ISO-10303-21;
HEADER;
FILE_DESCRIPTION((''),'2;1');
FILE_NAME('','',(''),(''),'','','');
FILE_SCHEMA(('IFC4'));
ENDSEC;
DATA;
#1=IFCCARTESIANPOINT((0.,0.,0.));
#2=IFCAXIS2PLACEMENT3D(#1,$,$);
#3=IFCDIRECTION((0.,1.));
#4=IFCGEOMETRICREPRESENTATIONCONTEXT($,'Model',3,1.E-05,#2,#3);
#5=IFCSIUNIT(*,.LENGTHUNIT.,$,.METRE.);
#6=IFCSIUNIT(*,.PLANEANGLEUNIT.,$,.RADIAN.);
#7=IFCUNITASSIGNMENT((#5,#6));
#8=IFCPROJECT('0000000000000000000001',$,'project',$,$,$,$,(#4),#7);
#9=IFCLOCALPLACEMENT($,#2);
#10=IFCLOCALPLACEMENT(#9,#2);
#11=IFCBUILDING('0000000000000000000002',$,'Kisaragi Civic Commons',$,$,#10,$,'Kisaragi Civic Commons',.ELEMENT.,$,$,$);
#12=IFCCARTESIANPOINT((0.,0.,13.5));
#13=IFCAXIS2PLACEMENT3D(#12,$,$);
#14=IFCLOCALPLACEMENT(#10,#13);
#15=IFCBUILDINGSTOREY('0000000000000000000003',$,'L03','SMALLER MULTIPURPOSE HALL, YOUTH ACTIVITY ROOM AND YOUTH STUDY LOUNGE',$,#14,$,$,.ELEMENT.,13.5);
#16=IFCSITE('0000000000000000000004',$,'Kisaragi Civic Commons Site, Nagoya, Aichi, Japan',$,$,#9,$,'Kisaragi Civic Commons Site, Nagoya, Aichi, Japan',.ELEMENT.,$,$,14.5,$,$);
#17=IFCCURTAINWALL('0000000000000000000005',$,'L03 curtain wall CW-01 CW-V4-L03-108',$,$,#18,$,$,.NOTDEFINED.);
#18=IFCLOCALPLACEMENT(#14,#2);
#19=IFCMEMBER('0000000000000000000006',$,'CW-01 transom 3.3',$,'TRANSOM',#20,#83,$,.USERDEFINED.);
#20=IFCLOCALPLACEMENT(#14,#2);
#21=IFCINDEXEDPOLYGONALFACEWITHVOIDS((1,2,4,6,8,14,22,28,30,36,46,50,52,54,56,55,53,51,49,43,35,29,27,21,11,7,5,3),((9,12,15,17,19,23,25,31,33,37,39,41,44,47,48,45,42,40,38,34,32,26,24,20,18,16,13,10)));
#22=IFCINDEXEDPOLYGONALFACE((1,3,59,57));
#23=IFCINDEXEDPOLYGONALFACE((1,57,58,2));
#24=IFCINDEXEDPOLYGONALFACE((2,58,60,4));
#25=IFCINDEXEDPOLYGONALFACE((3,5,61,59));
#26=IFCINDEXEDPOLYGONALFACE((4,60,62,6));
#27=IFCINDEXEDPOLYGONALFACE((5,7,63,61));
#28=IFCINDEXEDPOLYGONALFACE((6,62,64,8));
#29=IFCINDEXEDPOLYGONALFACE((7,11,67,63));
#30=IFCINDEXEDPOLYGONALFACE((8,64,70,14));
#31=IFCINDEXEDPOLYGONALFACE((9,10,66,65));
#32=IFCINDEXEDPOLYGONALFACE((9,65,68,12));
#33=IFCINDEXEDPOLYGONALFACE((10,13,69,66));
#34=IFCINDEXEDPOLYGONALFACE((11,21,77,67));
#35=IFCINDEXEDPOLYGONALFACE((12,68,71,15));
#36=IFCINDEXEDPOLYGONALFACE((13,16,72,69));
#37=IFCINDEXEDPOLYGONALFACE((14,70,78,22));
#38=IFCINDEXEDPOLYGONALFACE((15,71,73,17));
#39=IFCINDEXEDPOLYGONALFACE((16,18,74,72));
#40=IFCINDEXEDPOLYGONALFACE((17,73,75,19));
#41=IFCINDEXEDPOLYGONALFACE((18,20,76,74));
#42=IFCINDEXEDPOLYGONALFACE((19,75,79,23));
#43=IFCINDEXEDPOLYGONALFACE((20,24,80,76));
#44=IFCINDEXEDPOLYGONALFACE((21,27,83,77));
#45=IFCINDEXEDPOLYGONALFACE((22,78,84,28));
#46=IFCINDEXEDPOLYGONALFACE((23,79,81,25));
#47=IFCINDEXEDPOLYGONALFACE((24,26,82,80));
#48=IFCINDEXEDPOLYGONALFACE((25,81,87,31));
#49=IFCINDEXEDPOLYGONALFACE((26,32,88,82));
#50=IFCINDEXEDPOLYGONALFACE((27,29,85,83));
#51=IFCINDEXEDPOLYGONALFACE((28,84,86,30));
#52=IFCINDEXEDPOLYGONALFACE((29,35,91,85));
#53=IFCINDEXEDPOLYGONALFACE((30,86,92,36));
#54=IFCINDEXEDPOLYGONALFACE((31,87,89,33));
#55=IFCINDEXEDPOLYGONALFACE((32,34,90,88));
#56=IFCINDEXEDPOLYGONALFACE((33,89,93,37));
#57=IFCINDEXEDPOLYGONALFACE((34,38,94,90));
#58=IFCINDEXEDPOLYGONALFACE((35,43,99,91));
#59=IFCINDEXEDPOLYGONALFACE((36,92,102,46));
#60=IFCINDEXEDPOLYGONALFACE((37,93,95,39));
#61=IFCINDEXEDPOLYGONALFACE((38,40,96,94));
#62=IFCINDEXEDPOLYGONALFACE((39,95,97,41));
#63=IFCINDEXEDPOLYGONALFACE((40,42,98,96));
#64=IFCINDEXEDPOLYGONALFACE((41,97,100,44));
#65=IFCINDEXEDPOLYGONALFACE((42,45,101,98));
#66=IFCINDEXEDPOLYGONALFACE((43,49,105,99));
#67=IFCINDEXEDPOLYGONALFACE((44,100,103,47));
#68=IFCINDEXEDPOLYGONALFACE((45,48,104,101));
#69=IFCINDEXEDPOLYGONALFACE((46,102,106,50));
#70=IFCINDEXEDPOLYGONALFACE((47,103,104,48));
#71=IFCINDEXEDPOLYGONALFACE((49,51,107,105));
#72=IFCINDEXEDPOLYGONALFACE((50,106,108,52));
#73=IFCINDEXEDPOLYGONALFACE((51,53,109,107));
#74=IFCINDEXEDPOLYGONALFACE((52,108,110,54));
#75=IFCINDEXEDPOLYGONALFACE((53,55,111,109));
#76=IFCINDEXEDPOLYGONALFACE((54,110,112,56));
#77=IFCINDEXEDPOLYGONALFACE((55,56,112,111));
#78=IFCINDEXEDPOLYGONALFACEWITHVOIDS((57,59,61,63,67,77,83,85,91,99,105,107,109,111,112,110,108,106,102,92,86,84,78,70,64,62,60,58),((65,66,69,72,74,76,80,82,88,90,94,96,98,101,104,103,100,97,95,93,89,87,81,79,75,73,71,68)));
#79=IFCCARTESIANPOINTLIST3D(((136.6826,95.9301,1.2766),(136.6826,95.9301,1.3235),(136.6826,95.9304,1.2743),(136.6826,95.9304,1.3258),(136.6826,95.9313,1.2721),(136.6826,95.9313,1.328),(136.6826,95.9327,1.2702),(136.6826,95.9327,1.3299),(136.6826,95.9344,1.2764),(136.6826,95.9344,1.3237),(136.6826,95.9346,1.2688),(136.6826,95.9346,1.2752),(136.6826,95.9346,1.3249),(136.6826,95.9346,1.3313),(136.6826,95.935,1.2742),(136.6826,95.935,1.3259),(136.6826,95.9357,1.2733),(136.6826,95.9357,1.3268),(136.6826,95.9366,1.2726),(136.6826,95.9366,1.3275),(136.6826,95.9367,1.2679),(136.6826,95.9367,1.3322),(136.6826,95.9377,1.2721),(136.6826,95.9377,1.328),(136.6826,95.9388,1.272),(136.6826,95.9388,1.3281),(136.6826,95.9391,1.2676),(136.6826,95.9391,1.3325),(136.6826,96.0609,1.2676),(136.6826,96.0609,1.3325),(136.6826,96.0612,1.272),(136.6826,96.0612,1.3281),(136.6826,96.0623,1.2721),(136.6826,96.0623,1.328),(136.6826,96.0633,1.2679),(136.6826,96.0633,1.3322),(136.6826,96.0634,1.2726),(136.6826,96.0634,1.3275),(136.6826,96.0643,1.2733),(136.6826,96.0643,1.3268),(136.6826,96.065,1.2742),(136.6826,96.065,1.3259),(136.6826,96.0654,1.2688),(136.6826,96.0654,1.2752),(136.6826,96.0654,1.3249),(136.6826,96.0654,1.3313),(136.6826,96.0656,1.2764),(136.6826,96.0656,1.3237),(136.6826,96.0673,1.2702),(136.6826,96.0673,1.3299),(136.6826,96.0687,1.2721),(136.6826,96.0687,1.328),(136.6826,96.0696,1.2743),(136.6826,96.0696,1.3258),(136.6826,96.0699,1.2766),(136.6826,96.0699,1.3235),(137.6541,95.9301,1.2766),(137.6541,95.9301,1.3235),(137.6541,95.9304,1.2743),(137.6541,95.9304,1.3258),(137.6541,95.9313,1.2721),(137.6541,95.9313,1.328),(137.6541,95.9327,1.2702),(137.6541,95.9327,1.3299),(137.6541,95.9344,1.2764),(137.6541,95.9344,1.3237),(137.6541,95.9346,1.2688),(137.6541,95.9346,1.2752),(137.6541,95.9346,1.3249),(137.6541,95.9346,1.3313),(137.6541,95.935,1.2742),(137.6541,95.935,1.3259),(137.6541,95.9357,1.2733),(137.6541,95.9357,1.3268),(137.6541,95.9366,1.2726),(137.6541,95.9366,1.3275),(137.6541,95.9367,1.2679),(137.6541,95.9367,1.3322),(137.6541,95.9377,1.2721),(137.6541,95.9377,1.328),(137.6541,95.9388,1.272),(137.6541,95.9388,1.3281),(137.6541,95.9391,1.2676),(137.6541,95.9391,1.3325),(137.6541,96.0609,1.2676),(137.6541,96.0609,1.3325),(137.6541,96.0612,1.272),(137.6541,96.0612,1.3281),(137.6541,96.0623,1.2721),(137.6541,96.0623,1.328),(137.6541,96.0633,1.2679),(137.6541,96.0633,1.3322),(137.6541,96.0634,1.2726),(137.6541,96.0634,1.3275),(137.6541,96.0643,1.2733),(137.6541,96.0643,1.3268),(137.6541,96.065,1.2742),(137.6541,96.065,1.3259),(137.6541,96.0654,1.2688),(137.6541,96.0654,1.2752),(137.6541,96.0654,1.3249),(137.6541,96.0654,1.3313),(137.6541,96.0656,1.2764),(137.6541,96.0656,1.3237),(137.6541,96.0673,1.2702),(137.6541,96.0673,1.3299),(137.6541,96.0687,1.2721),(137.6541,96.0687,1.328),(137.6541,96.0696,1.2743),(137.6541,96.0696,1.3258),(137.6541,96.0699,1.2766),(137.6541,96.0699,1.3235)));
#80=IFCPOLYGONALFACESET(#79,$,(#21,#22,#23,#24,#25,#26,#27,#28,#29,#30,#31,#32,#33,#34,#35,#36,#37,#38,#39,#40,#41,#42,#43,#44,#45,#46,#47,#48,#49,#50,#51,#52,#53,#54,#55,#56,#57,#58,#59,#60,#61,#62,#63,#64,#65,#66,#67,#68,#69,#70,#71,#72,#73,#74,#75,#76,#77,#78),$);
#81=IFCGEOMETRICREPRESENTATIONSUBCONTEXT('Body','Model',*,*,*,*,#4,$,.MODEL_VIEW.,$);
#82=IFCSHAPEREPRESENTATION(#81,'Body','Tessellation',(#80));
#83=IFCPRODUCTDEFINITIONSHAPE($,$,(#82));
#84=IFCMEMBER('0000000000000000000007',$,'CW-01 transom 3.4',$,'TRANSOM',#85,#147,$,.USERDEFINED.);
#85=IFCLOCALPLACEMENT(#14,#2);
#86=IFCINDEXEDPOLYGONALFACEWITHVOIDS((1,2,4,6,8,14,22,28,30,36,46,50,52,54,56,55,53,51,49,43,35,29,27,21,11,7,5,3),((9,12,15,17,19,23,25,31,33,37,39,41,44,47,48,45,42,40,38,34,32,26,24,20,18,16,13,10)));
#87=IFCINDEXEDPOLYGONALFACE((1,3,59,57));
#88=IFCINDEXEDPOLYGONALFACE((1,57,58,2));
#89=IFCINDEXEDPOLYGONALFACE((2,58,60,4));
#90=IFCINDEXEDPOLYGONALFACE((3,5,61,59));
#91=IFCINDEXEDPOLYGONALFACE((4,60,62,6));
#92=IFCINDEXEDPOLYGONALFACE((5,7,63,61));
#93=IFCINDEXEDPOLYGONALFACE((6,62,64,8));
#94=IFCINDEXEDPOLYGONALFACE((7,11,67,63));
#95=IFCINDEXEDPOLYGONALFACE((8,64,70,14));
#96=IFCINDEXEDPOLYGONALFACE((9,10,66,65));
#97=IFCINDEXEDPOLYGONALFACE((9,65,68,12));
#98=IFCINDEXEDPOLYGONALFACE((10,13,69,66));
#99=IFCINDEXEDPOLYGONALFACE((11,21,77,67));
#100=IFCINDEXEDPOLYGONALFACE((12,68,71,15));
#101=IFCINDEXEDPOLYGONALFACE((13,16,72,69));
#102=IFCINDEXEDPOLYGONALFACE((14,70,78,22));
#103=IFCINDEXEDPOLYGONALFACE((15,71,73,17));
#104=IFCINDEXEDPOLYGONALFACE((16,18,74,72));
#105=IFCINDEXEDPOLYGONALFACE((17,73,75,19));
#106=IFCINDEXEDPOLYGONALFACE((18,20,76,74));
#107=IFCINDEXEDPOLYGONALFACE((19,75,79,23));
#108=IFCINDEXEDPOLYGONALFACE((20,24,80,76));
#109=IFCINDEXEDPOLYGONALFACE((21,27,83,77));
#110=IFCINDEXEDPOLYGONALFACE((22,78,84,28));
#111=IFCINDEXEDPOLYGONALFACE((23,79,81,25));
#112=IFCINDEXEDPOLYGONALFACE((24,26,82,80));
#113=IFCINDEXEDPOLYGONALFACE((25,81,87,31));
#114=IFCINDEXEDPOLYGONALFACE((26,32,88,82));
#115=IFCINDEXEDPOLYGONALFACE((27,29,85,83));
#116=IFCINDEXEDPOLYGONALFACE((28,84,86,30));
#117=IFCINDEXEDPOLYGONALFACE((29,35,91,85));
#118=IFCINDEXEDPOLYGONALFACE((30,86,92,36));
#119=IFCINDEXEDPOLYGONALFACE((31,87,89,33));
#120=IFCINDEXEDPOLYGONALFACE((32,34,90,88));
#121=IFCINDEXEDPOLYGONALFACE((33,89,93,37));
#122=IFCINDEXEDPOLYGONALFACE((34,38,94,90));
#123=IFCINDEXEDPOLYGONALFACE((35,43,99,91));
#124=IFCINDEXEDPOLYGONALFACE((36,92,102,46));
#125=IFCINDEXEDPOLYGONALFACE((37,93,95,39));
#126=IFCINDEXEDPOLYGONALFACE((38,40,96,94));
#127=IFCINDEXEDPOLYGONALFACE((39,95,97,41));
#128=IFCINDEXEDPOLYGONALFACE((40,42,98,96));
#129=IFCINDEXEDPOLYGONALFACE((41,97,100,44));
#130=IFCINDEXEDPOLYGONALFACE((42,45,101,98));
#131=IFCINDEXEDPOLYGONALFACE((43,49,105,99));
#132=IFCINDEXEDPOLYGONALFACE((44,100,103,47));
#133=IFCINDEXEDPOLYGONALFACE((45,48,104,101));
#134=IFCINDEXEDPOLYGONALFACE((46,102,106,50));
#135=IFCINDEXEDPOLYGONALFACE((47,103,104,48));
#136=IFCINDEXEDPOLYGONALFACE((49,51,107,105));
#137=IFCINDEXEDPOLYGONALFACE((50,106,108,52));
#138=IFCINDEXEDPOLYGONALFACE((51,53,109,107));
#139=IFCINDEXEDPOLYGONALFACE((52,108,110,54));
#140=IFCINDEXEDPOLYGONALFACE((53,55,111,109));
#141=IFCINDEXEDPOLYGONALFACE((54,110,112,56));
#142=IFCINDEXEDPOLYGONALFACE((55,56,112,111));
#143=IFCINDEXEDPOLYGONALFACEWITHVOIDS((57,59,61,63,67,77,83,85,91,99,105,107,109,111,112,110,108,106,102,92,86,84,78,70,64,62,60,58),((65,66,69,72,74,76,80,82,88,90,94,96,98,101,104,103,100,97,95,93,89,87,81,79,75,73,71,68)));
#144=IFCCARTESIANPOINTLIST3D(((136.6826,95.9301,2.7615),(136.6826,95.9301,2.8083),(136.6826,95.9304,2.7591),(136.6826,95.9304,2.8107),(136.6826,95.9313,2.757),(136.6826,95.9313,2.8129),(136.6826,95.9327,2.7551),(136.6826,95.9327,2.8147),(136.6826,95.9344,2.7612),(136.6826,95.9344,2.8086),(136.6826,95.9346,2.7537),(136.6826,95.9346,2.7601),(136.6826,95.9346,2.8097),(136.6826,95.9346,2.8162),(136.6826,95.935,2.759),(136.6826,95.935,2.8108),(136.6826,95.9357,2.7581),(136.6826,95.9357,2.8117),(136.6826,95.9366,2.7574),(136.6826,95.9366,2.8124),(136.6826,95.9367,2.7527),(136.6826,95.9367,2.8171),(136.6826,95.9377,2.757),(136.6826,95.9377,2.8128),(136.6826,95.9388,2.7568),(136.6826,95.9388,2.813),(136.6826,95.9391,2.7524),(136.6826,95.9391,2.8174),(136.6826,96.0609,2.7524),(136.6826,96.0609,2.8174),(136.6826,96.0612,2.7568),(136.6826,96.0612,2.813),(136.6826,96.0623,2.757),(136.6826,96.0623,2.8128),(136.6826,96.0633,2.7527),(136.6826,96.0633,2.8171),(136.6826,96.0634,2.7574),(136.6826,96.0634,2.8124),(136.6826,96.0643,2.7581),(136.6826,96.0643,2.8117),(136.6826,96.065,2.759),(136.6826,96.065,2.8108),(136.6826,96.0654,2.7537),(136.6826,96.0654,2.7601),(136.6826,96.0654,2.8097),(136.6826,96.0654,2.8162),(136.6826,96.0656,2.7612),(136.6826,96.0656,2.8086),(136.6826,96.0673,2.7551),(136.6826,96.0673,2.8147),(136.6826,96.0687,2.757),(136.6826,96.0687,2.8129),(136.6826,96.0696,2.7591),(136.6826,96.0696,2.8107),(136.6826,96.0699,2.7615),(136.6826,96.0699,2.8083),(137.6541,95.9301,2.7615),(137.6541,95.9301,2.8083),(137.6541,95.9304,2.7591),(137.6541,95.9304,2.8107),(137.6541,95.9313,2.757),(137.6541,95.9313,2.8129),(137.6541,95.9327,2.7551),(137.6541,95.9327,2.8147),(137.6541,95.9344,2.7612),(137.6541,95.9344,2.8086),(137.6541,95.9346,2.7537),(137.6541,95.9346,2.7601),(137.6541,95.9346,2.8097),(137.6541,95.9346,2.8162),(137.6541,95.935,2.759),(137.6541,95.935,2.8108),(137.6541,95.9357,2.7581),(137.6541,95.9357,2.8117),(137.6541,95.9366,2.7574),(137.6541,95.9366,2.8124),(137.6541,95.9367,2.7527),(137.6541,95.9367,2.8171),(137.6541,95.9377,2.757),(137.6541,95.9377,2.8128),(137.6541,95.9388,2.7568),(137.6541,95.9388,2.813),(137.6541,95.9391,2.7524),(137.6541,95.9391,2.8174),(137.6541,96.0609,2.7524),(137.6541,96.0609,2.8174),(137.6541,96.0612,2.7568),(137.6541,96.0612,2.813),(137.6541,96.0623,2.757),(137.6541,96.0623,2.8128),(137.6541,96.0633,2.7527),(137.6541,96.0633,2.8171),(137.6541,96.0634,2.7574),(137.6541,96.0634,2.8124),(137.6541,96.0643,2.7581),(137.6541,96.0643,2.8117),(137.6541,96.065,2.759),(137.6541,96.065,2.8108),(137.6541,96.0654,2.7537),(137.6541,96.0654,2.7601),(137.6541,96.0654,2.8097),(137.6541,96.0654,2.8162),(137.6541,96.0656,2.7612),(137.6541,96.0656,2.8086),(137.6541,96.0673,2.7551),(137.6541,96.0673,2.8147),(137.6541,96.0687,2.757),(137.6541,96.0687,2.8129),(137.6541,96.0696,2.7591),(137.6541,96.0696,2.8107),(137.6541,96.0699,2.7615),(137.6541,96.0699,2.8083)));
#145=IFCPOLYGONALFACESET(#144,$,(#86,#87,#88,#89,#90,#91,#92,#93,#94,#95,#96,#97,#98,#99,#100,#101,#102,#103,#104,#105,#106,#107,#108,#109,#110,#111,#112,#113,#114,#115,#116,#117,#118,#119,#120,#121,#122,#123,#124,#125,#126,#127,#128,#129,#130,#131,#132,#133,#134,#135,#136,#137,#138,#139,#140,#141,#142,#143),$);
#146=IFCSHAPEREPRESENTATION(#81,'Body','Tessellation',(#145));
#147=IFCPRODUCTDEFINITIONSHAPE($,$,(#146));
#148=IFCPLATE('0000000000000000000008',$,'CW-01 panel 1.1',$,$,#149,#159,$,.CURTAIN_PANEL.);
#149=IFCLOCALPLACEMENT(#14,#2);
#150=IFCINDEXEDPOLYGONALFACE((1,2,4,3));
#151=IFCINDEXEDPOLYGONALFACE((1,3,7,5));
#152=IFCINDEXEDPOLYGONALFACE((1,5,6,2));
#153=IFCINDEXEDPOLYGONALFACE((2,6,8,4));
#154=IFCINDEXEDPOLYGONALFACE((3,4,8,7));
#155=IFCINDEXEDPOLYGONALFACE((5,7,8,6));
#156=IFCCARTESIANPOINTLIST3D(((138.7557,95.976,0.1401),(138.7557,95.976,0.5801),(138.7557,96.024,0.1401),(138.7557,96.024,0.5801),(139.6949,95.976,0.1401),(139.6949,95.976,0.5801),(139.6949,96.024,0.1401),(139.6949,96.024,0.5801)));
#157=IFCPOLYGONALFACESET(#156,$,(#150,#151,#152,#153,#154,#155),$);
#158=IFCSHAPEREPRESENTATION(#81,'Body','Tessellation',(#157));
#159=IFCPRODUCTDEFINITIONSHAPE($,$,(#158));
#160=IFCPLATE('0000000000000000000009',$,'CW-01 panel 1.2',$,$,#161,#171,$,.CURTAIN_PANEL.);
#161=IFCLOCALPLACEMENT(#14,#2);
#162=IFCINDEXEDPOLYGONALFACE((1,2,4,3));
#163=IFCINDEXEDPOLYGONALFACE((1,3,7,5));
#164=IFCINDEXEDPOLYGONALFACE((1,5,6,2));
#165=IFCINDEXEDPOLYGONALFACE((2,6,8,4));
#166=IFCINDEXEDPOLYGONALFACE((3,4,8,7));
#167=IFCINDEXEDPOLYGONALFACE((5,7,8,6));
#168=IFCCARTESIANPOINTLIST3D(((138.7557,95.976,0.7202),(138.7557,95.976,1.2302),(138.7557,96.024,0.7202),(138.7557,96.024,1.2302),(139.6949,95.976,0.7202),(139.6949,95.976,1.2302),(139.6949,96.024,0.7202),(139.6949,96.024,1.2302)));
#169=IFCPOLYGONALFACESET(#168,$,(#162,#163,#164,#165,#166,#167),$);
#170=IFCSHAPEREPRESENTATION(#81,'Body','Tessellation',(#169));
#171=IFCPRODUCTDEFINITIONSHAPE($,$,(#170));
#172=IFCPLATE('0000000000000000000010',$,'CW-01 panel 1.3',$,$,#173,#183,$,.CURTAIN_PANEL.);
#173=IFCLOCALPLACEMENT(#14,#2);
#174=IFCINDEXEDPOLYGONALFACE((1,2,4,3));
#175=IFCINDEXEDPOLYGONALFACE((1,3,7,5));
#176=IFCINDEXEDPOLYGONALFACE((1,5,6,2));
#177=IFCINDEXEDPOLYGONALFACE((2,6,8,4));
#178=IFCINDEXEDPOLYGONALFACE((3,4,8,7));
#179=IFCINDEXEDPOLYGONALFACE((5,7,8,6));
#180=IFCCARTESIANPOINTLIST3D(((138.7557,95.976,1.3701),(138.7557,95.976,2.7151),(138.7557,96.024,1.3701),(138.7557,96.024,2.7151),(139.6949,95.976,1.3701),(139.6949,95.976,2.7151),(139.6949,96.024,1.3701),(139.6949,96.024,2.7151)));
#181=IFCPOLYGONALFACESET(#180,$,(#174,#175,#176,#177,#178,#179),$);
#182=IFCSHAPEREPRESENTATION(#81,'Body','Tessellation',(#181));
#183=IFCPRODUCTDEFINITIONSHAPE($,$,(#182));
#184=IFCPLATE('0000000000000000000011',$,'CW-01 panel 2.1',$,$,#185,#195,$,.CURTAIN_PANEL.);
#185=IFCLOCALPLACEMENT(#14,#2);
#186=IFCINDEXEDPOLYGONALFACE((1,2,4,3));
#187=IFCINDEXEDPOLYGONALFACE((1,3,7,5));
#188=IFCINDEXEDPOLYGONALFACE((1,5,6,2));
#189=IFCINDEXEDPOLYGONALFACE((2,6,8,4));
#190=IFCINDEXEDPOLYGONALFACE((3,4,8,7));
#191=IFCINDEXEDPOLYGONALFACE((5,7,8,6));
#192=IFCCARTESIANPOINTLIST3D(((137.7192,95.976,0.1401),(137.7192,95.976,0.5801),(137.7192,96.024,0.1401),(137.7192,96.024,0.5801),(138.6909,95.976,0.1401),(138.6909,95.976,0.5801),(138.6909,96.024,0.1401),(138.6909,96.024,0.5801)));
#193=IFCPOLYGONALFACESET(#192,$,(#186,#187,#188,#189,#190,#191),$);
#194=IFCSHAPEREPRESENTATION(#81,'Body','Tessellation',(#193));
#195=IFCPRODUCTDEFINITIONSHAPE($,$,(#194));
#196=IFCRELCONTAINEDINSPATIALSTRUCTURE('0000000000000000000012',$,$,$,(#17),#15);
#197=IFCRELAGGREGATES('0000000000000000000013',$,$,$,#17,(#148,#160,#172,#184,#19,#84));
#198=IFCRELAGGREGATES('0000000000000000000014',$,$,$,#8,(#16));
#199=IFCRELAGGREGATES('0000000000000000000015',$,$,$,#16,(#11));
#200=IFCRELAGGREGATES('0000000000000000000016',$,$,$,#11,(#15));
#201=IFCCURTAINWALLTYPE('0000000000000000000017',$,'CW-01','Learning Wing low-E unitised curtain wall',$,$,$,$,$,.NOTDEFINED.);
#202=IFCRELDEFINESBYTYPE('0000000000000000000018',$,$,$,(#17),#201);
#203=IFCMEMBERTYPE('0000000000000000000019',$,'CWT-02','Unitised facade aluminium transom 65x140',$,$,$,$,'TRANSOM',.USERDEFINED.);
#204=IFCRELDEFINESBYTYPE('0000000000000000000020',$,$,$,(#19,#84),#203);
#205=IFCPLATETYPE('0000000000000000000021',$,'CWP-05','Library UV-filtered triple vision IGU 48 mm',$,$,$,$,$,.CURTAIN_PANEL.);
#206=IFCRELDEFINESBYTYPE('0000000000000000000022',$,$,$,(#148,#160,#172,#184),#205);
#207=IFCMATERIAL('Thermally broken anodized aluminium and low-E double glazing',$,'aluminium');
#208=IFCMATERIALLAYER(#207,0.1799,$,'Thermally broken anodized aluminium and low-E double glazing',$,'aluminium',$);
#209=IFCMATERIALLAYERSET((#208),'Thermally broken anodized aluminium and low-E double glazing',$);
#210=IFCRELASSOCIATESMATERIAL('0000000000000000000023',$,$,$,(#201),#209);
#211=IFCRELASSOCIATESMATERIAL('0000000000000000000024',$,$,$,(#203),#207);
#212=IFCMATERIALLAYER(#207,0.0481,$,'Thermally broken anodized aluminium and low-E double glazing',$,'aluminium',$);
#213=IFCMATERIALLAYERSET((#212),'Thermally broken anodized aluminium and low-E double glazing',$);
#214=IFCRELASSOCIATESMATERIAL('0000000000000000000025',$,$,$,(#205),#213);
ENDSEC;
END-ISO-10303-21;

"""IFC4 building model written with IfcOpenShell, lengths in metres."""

from ifc_helpers import new_model, si_unit, direction, frame, origin, origin_2d, place, context, subcontext, project, spatial, rectangle, hollow_rectangle, extrude, material, layer, layer_set, material_profile, profile_set, type_object, element, aggregate, save


model = new_model("IFC4")

# Units and contexts
model_context = context("Model", 3, precision=1e-05, world=origin(), true_north=direction((0.0, 1.0)))
body_context = subcontext(model_context, "Body", "Model", "MODEL_VIEW")
ifc_project = project(units=[si_unit("LENGTHUNIT", "METRE"), si_unit("PLANEANGLEUNIT", "RADIAN")], contexts=[model_context])

# Site, building, storey
site_placement = place(None, origin())
site = spatial("IfcSite", under=ifc_project, at=site_placement, Name="Kisaragi Civic Commons Site, Nagoya, Aichi, Japan", LongName="Kisaragi Civic Commons Site, Nagoya, Aichi, Japan", CompositionType="ELEMENT", RefElevation=14.5)
building_placement = place(site_placement, origin())
building = spatial("IfcBuilding", under=site, at=building_placement, Name="Kisaragi Civic Commons", LongName="Kisaragi Civic Commons", CompositionType="ELEMENT")
storey_placement = place(building_placement, frame((0.0, 0.0, 13.5)))
storey = spatial("IfcBuildingStorey", under=building, at=storey_placement, Name="L03", Description="SMALLER MULTIPURPOSE HALL, YOUTH ACTIVITY ROOM AND YOUTH STUDY LOUNGE", CompositionType="ELEMENT", Elevation=13.5)

# Shared definitions
ifc_material = material(Name="Thermally broken anodized aluminium and low-E double glazing", Category="aluminium")
ifc_layer_1 = layer(ifc_material, 0.1799, Name="Thermally broken anodized aluminium and low-E double glazing", Category="aluminium")
ifc_layer_set_1 = layer_set([ifc_layer_1], Name="Thermally broken anodized aluminium and low-E double glazing")
curtain_wall_type = type_object("IfcCurtainWallType", Name="CW-01", Description="Learning Wing low-E unitised curtain wall", PredefinedType="NOTDEFINED", material=ifc_layer_set_1)

# Curtain wall, members, plates
curtain_wall_1_placement = place(storey_placement, origin())
curtain_wall_1 = element("IfcCurtainWall", 1, at=curtain_wall_1_placement, inside=storey, type_object=curtain_wall_type, Name="L03 curtain wall CW-01 CW-V4-L03-108", PredefinedType="NOTDEFINED")
ifc_material_profile_1 = material_profile(ifc_material, hollow_rectangle(XDim=0.1399, YDim=0.0649, WallThickness=0.0044, InnerFilletRadius=0.0044, OuterFilletRadius=0.009, at=origin_2d()), Name="CWT-65x140x4.5", Category="aluminium")
ifc_profile_set_1 = profile_set([ifc_material_profile_1], Name="Thermally broken anodized aluminium and low-E double glazing")
member_type_1 = type_object("IfcMemberType", Name="CWT-02", Description="Unitised facade aluminium transom 65x140", ElementType="TRANSOM", PredefinedType="USERDEFINED", material=ifc_profile_set_1)
member_1_placement = place(storey_placement, frame((137.6541, 96.0, 1.3), z_axis=(-1.0, 0.0, 0.0), x_axis=(0.0, -1.0, 0.0)))
member_1 = element("IfcMember", 2, at=member_1_placement, type_object=member_type_1, Name="CW-01 transom 3.3", ObjectType="TRANSOM", PredefinedType="USERDEFINED", context=body_context, shape_type="SweptSolid", body=[
    extrude(hollow_rectangle(XDim=0.1399, YDim=0.0649, WallThickness=0.0044, InnerFilletRadius=0.0044, OuterFilletRadius=0.009, at=origin_2d()), origin(), (0.0, 0.0, 1.0), 0.9714),
])
member_2_placement = place(storey_placement, frame((137.6541, 96.0, 2.7849), z_axis=(-1.0, 0.0, 0.0), x_axis=(0.0, -1.0, 0.0)))
member_2 = element("IfcMember", 3, at=member_2_placement, type_object=member_type_1, Name="CW-01 transom 3.4", ObjectType="TRANSOM", PredefinedType="USERDEFINED", context=body_context, shape_type="SweptSolid", body=[
    extrude(hollow_rectangle(XDim=0.1399, YDim=0.0649, WallThickness=0.0044, InnerFilletRadius=0.0044, OuterFilletRadius=0.009, at=origin_2d()), origin(), (0.0, 0.0, 1.0), 0.9714),
])
ifc_layer_2 = layer(ifc_material, 0.0481, Name="Thermally broken anodized aluminium and low-E double glazing", Category="aluminium")
ifc_layer_set_2 = layer_set([ifc_layer_2], Name="Thermally broken anodized aluminium and low-E double glazing")
plate_type = type_object("IfcPlateType", Name="CWP-05", Description="Library UV-filtered triple vision IGU 48 mm", PredefinedType="CURTAIN_PANEL", material=ifc_layer_set_2)
plate_1_placement = place(storey_placement, frame((139.2253, 96.0, 0.1401), z_axis=(0.0, 0.0, 1.0), x_axis=(-1.0, 0.0, 0.0)))
plate_1 = element("IfcPlate", 4, at=plate_1_placement, type_object=plate_type, Name="CW-01 panel 1.1", PredefinedType="CURTAIN_PANEL", context=body_context, shape_type="SweptSolid", body=[
    extrude(rectangle(XDim=0.9392, YDim=0.0481, at=origin_2d()), origin(), (0.0, 0.0, 1.0), 0.4399),
])
plate_2_placement = place(storey_placement, frame((139.2253, 96.0, 0.7202), z_axis=(0.0, 0.0, 1.0), x_axis=(-1.0, 0.0, 0.0)))
plate_2 = element("IfcPlate", 5, at=plate_2_placement, type_object=plate_type, Name="CW-01 panel 1.2", PredefinedType="CURTAIN_PANEL", context=body_context, shape_type="SweptSolid", body=[
    extrude(rectangle(XDim=0.9392, YDim=0.0481, at=origin_2d()), origin(), (0.0, 0.0, 1.0), 0.51),
])
plate_3_placement = place(storey_placement, frame((139.2253, 96.0, 1.3701), z_axis=(0.0, 0.0, 1.0), x_axis=(-1.0, 0.0, 0.0)))
plate_3 = element("IfcPlate", 6, at=plate_3_placement, type_object=plate_type, Name="CW-01 panel 1.3", PredefinedType="CURTAIN_PANEL", context=body_context, shape_type="SweptSolid", body=[
    extrude(rectangle(XDim=0.9392, YDim=0.0481, at=origin_2d()), origin(), (0.0, 0.0, 1.0), 1.345),
])
plate_4_placement = place(storey_placement, frame((138.2051, 96.0, 0.1401), z_axis=(0.0, 0.0, 1.0), x_axis=(-1.0, 0.0, 0.0)))
plate_4 = element("IfcPlate", 7, at=plate_4_placement, type_object=plate_type, Name="CW-01 panel 2.1", PredefinedType="CURTAIN_PANEL", context=body_context, shape_type="SweptSolid", body=[
    extrude(rectangle(XDim=0.9717, YDim=0.0481, at=origin_2d()), origin(), (0.0, 0.0, 1.0), 0.4399),
])
aggregate(curtain_wall_1, [plate_1, plate_2, plate_3, plate_4, member_1, member_2])

save(model, "model.ifc")
